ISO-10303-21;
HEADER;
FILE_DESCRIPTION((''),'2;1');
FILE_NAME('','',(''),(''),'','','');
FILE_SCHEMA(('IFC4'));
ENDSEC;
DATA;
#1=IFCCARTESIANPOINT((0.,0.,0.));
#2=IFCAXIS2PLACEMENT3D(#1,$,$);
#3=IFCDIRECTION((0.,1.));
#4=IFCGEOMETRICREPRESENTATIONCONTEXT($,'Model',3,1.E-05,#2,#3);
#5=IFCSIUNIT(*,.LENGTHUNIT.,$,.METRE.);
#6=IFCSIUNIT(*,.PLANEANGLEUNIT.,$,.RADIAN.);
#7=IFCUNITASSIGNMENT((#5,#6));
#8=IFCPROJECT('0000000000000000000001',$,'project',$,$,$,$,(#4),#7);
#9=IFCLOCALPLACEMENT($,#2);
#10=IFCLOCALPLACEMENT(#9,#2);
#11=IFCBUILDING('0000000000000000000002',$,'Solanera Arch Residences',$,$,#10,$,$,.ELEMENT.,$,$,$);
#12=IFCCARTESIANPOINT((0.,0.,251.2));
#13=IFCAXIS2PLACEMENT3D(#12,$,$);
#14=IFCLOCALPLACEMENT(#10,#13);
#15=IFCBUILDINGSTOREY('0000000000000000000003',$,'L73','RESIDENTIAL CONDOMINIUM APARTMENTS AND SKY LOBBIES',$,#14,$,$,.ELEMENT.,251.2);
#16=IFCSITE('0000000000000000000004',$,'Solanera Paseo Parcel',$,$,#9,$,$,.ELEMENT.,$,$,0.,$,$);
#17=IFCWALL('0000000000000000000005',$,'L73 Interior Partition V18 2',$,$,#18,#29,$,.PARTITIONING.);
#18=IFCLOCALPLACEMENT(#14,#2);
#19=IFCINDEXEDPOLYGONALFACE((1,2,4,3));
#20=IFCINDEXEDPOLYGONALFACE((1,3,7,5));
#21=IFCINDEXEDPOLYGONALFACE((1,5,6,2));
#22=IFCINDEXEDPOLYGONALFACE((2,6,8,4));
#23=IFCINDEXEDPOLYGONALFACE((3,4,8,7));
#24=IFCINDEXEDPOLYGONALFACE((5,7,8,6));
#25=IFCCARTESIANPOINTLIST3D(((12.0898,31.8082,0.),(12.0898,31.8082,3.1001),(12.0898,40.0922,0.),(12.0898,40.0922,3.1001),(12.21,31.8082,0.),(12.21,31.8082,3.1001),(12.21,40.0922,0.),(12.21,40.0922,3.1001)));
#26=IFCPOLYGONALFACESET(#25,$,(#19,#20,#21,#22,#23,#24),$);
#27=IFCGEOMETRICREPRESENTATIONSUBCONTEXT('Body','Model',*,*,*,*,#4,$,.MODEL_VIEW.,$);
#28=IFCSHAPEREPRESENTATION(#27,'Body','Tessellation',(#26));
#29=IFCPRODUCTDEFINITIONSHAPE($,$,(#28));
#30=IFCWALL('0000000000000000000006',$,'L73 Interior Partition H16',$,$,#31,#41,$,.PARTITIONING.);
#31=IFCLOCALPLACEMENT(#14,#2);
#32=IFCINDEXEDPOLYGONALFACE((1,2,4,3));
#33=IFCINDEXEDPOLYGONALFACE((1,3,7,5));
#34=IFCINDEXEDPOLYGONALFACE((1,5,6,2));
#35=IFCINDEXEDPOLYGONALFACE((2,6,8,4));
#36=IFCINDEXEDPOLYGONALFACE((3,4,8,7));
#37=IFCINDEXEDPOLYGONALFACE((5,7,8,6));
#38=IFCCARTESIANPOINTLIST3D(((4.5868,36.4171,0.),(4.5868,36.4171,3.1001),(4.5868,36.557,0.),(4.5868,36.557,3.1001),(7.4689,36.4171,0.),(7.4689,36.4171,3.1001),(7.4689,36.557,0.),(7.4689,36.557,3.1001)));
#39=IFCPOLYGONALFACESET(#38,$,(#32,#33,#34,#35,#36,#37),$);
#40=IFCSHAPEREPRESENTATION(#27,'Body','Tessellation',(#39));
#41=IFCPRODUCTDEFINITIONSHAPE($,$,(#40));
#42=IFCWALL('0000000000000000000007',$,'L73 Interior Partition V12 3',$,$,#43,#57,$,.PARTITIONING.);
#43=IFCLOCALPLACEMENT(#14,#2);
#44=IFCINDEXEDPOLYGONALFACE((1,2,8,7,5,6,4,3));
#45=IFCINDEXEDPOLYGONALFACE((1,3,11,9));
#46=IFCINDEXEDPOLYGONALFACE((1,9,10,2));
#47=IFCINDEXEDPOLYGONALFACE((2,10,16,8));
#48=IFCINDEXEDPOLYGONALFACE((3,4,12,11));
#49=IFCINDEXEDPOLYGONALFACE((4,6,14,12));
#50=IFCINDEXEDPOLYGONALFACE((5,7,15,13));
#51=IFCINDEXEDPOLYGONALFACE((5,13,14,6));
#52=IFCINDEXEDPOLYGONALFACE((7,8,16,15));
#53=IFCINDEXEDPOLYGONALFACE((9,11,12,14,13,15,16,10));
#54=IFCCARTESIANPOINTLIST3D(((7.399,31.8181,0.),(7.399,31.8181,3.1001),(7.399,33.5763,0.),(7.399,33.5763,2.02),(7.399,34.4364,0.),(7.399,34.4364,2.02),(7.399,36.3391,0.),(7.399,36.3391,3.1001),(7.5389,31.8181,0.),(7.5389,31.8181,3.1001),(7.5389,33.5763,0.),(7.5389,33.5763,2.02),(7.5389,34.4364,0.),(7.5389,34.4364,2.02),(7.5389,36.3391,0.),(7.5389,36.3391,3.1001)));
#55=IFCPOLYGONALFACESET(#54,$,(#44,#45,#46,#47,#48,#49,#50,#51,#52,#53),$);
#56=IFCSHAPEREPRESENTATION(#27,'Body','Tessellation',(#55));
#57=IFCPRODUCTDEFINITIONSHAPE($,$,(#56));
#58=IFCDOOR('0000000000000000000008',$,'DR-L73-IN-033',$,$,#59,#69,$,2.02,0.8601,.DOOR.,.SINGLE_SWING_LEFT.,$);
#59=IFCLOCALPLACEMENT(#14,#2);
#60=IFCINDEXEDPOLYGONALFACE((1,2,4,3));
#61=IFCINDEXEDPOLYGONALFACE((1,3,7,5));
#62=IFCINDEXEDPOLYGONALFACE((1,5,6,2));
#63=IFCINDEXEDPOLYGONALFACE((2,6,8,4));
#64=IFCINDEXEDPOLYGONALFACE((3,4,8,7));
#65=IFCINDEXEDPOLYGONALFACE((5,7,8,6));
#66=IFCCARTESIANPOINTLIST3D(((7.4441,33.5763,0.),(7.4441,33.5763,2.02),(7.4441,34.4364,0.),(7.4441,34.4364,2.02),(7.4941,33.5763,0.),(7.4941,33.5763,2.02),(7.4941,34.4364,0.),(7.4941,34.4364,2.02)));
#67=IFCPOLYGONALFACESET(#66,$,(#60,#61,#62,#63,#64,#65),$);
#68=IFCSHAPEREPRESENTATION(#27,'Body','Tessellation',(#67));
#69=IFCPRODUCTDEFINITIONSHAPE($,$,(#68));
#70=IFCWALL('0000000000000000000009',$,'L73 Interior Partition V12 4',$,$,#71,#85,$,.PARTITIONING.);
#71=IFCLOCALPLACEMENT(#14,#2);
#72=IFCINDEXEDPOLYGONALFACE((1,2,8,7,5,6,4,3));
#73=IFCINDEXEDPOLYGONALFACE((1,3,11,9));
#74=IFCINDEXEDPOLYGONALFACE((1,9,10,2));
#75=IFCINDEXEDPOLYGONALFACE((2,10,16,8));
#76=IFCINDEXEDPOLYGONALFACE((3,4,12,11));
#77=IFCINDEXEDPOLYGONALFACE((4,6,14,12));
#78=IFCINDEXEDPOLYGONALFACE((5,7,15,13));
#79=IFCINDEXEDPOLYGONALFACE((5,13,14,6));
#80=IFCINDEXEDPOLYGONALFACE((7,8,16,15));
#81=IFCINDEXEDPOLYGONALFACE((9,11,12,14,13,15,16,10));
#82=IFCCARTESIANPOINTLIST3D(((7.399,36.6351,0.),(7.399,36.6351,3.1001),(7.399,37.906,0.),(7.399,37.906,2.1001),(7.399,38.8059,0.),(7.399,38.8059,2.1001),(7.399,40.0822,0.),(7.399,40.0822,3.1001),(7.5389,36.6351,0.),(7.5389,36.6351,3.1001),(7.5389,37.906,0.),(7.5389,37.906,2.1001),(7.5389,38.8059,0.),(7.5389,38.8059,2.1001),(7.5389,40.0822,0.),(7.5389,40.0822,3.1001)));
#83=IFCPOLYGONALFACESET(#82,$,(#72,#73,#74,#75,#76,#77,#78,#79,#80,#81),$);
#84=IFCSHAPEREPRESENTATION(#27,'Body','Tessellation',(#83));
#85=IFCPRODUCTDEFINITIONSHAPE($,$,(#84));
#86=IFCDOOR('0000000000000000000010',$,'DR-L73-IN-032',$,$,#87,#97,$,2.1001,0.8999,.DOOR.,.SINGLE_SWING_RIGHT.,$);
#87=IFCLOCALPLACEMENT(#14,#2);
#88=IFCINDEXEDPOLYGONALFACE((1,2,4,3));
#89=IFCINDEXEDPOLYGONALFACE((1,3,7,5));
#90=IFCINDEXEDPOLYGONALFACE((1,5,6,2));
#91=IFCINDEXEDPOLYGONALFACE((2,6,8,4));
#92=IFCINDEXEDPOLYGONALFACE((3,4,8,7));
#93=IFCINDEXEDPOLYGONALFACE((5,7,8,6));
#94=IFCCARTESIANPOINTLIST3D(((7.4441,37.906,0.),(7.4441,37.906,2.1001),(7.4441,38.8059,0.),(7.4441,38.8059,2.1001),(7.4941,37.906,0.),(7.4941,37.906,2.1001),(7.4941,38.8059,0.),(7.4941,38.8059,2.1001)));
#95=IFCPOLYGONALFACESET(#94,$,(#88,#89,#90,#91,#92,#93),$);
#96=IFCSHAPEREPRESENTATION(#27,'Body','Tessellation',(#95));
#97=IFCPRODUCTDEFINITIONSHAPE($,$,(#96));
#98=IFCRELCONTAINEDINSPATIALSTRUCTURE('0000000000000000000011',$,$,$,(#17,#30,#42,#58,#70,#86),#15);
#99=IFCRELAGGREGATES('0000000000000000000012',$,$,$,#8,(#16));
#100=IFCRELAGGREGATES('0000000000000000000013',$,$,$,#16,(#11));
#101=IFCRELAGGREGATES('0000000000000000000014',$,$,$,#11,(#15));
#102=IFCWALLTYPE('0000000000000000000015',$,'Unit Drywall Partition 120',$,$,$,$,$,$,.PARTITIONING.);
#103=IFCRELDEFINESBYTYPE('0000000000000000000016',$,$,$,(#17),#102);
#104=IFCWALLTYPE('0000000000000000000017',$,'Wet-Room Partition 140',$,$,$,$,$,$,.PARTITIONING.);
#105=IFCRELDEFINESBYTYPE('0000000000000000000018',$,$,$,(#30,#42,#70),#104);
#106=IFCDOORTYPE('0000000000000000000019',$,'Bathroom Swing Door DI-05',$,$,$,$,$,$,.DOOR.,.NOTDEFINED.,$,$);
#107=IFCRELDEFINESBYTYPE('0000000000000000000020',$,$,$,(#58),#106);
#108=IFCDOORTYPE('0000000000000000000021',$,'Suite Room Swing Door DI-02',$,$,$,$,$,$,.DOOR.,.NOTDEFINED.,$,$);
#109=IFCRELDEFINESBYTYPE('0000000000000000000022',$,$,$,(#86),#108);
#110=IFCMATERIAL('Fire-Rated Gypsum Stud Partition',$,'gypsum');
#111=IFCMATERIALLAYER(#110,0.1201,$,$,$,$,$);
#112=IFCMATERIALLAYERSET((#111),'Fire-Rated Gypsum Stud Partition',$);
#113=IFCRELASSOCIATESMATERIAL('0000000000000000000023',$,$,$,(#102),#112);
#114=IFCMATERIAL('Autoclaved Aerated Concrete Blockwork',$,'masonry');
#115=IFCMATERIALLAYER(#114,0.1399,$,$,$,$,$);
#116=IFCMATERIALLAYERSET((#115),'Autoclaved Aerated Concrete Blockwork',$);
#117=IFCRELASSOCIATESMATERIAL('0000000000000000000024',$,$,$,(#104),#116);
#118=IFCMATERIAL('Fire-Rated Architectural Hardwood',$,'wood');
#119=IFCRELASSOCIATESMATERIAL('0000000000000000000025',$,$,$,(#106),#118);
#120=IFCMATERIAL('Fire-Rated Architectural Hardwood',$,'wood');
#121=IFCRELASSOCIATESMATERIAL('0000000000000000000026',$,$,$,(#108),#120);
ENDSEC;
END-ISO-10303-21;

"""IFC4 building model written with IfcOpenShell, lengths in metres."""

from ifc_helpers import new_model, si_unit, direction, frame, frame_2d, origin, place, context, subcontext, project, spatial, rectangle, extrude, material, layer, layer_set, type_object, element, fill, save


model = new_model("IFC4")

# Units and contexts
model_context = context("Model", 3, precision=1e-05, world=origin(), true_north=direction((0.0, 1.0)))
body_context = subcontext(model_context, "Body", "Model", "MODEL_VIEW")
ifc_project = project(units=[si_unit("LENGTHUNIT", "METRE"), si_unit("PLANEANGLEUNIT", "RADIAN")], contexts=[model_context])

# Site, building, storey
site_placement = place(None, origin())
site = spatial("IfcSite", under=ifc_project, at=site_placement, Name="Solanera Paseo Parcel", CompositionType="ELEMENT", RefElevation=0.0)
building_placement = place(site_placement, origin())
building = spatial("IfcBuilding", under=site, at=building_placement, Name="Solanera Arch Residences", CompositionType="ELEMENT")
storey_placement = place(building_placement, frame((0.0, 0.0, 251.2)))
storey = spatial("IfcBuildingStorey", under=building, at=storey_placement, Name="L73", Description="RESIDENTIAL CONDOMINIUM APARTMENTS AND SKY LOBBIES", CompositionType="ELEMENT", Elevation=251.2)

# Walls
ifc_material_1 = material(Name="Fire-Rated Gypsum Stud Partition", Category="gypsum")
ifc_layer_1 = layer(ifc_material_1, 0.1201)
ifc_layer_set_1 = layer_set([ifc_layer_1], Name="Fire-Rated Gypsum Stud Partition")
wall_type_1 = type_object("IfcWallType", Name="Unit Drywall Partition 120", PredefinedType="PARTITIONING", material=ifc_layer_set_1)
wall_1_placement = place(storey_placement, frame((12.1499, 31.8081, 0.0), z_axis=(0.0, 0.0, 1.0), x_axis=(0.0, 1.0, 0.0)))
element("IfcWall", 1, at=wall_1_placement, inside=storey, type_object=wall_type_1, Name="L73 Interior Partition V18 2", PredefinedType="PARTITIONING", context=body_context, shape_type="SweptSolid", body=[
    extrude(rectangle(XDim=8.2839, YDim=0.1201, at=frame_2d((4.1421, 0.0))), origin(), (0.0, 0.0, 1.0), 3.1001),
])
ifc_material_2 = material(Name="Autoclaved Aerated Concrete Blockwork", Category="masonry")
ifc_layer_2 = layer(ifc_material_2, 0.1399)
ifc_layer_set_2 = layer_set([ifc_layer_2], Name="Autoclaved Aerated Concrete Blockwork")
wall_type_2 = type_object("IfcWallType", Name="Wet-Room Partition 140", PredefinedType="PARTITIONING", material=ifc_layer_set_2)
wall_2_placement = place(storey_placement, frame((4.5869, 36.4871, 0.0), z_axis=(0.0, 0.0, 1.0), x_axis=(1.0, 0.0, 0.0)))
element("IfcWall", 2, at=wall_2_placement, inside=storey, type_object=wall_type_2, Name="L73 Interior Partition H16", PredefinedType="PARTITIONING", context=body_context, shape_type="SweptSolid", body=[
    extrude(rectangle(XDim=2.8821, YDim=0.1399, at=frame_2d((1.4409, 0.0))), origin(), (0.0, 0.0, 1.0), 3.1001),
])

# Walls, openings, doors
wall_3_placement = place(storey_placement, frame((7.469, 31.8181, 0.0), z_axis=(0.0, 0.0, 1.0), x_axis=(0.0, 1.0, 0.0)))
wall_3 = element("IfcWall", 3, at=wall_3_placement, inside=storey, type_object=wall_type_2, Name="L73 Interior Partition V12 3", PredefinedType="PARTITIONING", context=body_context, shape_type="SweptSolid", body=[
    extrude(rectangle(XDim=4.521, YDim=0.1399, at=frame_2d((2.2605, 0.0))), origin(), (0.0, 0.0, 1.0), 3.1001),
])
opening_1_placement = place(wall_3_placement, frame((1.7581, 0.0, 0.0)))
opening_1 = element("IfcOpeningElement", 4, at=opening_1_placement, cuts=wall_3, PredefinedType="OPENING", context=body_context, shape_type="SweptSolid", body=[
    extrude(rectangle(XDim=0.8601, YDim=2.02, at=frame_2d((0.4302, 1.01))), frame((0.0, 0.0798, 0.0), z_axis=(0.0, -1.0, 0.0), x_axis=(1.0, 0.0, 0.0)), (0.0, 0.0, 1.0), 0.1599),
])
ifc_material_3 = material(Name="Fire-Rated Architectural Hardwood", Category="wood")
door_type_1 = type_object("IfcDoorType", Name="Bathroom Swing Door DI-05", OperationType="NOTDEFINED", PredefinedType="DOOR", material=ifc_material_3)
door_1_placement = place(opening_1_placement, origin())
door_1 = element("IfcDoor", 5, at=door_1_placement, inside=storey, type_object=door_type_1, Name="DR-L73-IN-033", OperationType="SINGLE_SWING_LEFT", OverallHeight=2.02, OverallWidth=0.8601, PredefinedType="DOOR", context=body_context, shape_type="SweptSolid", body=[
    extrude(rectangle(XDim=0.8601, YDim=2.02, at=frame_2d((0.4302, 1.01))), frame((0.0, 0.0249, 0.0), z_axis=(0.0, -1.0, 0.0), x_axis=(1.0, 0.0, 0.0)), (0.0, 0.0, 1.0), 0.05),
])
fill(opening_1, door_1)
wall_4_placement = place(storey_placement, frame((7.469, 36.635, 0.0), z_axis=(0.0, 0.0, 1.0), x_axis=(0.0, 1.0, 0.0)))
wall_4 = element("IfcWall", 6, at=wall_4_placement, inside=storey, type_object=wall_type_2, Name="L73 Interior Partition V12 4", PredefinedType="PARTITIONING", context=body_context, shape_type="SweptSolid", body=[
    extrude(rectangle(XDim=3.447, YDim=0.1399, at=frame_2d((1.7236, 0.0))), origin(), (0.0, 0.0, 1.0), 3.1001),
])
opening_2_placement = place(wall_4_placement, frame((1.271, 0.0, 0.0)))
opening_2 = element("IfcOpeningElement", 7, at=opening_2_placement, cuts=wall_4, PredefinedType="OPENING", context=body_context, shape_type="SweptSolid", body=[
    extrude(rectangle(XDim=0.8999, YDim=2.1001, at=frame_2d((0.45, 1.05))), frame((0.0, 0.0798, 0.0), z_axis=(0.0, -1.0, 0.0), x_axis=(1.0, 0.0, 0.0)), (0.0, 0.0, 1.0), 0.1599),
])
ifc_material_4 = material(Name="Fire-Rated Architectural Hardwood", Category="wood")
door_type_2 = type_object("IfcDoorType", Name="Suite Room Swing Door DI-02", OperationType="NOTDEFINED", PredefinedType="DOOR", material=ifc_material_4)
door_2_placement = place(opening_2_placement, origin())
door_2 = element("IfcDoor", 8, at=door_2_placement, inside=storey, type_object=door_type_2, Name="DR-L73-IN-032", OperationType="SINGLE_SWING_RIGHT", OverallHeight=2.1001, OverallWidth=0.8999, PredefinedType="DOOR", context=body_context, shape_type="SweptSolid", body=[
    extrude(rectangle(XDim=0.8999, YDim=2.1001, at=frame_2d((0.45, 1.05))), frame((0.0, 0.0249, 0.0), z_axis=(0.0, -1.0, 0.0), x_axis=(1.0, 0.0, 0.0)), (0.0, 0.0, 1.0), 0.05),
])
fill(opening_2, door_2)

save(model, "model.ifc")
